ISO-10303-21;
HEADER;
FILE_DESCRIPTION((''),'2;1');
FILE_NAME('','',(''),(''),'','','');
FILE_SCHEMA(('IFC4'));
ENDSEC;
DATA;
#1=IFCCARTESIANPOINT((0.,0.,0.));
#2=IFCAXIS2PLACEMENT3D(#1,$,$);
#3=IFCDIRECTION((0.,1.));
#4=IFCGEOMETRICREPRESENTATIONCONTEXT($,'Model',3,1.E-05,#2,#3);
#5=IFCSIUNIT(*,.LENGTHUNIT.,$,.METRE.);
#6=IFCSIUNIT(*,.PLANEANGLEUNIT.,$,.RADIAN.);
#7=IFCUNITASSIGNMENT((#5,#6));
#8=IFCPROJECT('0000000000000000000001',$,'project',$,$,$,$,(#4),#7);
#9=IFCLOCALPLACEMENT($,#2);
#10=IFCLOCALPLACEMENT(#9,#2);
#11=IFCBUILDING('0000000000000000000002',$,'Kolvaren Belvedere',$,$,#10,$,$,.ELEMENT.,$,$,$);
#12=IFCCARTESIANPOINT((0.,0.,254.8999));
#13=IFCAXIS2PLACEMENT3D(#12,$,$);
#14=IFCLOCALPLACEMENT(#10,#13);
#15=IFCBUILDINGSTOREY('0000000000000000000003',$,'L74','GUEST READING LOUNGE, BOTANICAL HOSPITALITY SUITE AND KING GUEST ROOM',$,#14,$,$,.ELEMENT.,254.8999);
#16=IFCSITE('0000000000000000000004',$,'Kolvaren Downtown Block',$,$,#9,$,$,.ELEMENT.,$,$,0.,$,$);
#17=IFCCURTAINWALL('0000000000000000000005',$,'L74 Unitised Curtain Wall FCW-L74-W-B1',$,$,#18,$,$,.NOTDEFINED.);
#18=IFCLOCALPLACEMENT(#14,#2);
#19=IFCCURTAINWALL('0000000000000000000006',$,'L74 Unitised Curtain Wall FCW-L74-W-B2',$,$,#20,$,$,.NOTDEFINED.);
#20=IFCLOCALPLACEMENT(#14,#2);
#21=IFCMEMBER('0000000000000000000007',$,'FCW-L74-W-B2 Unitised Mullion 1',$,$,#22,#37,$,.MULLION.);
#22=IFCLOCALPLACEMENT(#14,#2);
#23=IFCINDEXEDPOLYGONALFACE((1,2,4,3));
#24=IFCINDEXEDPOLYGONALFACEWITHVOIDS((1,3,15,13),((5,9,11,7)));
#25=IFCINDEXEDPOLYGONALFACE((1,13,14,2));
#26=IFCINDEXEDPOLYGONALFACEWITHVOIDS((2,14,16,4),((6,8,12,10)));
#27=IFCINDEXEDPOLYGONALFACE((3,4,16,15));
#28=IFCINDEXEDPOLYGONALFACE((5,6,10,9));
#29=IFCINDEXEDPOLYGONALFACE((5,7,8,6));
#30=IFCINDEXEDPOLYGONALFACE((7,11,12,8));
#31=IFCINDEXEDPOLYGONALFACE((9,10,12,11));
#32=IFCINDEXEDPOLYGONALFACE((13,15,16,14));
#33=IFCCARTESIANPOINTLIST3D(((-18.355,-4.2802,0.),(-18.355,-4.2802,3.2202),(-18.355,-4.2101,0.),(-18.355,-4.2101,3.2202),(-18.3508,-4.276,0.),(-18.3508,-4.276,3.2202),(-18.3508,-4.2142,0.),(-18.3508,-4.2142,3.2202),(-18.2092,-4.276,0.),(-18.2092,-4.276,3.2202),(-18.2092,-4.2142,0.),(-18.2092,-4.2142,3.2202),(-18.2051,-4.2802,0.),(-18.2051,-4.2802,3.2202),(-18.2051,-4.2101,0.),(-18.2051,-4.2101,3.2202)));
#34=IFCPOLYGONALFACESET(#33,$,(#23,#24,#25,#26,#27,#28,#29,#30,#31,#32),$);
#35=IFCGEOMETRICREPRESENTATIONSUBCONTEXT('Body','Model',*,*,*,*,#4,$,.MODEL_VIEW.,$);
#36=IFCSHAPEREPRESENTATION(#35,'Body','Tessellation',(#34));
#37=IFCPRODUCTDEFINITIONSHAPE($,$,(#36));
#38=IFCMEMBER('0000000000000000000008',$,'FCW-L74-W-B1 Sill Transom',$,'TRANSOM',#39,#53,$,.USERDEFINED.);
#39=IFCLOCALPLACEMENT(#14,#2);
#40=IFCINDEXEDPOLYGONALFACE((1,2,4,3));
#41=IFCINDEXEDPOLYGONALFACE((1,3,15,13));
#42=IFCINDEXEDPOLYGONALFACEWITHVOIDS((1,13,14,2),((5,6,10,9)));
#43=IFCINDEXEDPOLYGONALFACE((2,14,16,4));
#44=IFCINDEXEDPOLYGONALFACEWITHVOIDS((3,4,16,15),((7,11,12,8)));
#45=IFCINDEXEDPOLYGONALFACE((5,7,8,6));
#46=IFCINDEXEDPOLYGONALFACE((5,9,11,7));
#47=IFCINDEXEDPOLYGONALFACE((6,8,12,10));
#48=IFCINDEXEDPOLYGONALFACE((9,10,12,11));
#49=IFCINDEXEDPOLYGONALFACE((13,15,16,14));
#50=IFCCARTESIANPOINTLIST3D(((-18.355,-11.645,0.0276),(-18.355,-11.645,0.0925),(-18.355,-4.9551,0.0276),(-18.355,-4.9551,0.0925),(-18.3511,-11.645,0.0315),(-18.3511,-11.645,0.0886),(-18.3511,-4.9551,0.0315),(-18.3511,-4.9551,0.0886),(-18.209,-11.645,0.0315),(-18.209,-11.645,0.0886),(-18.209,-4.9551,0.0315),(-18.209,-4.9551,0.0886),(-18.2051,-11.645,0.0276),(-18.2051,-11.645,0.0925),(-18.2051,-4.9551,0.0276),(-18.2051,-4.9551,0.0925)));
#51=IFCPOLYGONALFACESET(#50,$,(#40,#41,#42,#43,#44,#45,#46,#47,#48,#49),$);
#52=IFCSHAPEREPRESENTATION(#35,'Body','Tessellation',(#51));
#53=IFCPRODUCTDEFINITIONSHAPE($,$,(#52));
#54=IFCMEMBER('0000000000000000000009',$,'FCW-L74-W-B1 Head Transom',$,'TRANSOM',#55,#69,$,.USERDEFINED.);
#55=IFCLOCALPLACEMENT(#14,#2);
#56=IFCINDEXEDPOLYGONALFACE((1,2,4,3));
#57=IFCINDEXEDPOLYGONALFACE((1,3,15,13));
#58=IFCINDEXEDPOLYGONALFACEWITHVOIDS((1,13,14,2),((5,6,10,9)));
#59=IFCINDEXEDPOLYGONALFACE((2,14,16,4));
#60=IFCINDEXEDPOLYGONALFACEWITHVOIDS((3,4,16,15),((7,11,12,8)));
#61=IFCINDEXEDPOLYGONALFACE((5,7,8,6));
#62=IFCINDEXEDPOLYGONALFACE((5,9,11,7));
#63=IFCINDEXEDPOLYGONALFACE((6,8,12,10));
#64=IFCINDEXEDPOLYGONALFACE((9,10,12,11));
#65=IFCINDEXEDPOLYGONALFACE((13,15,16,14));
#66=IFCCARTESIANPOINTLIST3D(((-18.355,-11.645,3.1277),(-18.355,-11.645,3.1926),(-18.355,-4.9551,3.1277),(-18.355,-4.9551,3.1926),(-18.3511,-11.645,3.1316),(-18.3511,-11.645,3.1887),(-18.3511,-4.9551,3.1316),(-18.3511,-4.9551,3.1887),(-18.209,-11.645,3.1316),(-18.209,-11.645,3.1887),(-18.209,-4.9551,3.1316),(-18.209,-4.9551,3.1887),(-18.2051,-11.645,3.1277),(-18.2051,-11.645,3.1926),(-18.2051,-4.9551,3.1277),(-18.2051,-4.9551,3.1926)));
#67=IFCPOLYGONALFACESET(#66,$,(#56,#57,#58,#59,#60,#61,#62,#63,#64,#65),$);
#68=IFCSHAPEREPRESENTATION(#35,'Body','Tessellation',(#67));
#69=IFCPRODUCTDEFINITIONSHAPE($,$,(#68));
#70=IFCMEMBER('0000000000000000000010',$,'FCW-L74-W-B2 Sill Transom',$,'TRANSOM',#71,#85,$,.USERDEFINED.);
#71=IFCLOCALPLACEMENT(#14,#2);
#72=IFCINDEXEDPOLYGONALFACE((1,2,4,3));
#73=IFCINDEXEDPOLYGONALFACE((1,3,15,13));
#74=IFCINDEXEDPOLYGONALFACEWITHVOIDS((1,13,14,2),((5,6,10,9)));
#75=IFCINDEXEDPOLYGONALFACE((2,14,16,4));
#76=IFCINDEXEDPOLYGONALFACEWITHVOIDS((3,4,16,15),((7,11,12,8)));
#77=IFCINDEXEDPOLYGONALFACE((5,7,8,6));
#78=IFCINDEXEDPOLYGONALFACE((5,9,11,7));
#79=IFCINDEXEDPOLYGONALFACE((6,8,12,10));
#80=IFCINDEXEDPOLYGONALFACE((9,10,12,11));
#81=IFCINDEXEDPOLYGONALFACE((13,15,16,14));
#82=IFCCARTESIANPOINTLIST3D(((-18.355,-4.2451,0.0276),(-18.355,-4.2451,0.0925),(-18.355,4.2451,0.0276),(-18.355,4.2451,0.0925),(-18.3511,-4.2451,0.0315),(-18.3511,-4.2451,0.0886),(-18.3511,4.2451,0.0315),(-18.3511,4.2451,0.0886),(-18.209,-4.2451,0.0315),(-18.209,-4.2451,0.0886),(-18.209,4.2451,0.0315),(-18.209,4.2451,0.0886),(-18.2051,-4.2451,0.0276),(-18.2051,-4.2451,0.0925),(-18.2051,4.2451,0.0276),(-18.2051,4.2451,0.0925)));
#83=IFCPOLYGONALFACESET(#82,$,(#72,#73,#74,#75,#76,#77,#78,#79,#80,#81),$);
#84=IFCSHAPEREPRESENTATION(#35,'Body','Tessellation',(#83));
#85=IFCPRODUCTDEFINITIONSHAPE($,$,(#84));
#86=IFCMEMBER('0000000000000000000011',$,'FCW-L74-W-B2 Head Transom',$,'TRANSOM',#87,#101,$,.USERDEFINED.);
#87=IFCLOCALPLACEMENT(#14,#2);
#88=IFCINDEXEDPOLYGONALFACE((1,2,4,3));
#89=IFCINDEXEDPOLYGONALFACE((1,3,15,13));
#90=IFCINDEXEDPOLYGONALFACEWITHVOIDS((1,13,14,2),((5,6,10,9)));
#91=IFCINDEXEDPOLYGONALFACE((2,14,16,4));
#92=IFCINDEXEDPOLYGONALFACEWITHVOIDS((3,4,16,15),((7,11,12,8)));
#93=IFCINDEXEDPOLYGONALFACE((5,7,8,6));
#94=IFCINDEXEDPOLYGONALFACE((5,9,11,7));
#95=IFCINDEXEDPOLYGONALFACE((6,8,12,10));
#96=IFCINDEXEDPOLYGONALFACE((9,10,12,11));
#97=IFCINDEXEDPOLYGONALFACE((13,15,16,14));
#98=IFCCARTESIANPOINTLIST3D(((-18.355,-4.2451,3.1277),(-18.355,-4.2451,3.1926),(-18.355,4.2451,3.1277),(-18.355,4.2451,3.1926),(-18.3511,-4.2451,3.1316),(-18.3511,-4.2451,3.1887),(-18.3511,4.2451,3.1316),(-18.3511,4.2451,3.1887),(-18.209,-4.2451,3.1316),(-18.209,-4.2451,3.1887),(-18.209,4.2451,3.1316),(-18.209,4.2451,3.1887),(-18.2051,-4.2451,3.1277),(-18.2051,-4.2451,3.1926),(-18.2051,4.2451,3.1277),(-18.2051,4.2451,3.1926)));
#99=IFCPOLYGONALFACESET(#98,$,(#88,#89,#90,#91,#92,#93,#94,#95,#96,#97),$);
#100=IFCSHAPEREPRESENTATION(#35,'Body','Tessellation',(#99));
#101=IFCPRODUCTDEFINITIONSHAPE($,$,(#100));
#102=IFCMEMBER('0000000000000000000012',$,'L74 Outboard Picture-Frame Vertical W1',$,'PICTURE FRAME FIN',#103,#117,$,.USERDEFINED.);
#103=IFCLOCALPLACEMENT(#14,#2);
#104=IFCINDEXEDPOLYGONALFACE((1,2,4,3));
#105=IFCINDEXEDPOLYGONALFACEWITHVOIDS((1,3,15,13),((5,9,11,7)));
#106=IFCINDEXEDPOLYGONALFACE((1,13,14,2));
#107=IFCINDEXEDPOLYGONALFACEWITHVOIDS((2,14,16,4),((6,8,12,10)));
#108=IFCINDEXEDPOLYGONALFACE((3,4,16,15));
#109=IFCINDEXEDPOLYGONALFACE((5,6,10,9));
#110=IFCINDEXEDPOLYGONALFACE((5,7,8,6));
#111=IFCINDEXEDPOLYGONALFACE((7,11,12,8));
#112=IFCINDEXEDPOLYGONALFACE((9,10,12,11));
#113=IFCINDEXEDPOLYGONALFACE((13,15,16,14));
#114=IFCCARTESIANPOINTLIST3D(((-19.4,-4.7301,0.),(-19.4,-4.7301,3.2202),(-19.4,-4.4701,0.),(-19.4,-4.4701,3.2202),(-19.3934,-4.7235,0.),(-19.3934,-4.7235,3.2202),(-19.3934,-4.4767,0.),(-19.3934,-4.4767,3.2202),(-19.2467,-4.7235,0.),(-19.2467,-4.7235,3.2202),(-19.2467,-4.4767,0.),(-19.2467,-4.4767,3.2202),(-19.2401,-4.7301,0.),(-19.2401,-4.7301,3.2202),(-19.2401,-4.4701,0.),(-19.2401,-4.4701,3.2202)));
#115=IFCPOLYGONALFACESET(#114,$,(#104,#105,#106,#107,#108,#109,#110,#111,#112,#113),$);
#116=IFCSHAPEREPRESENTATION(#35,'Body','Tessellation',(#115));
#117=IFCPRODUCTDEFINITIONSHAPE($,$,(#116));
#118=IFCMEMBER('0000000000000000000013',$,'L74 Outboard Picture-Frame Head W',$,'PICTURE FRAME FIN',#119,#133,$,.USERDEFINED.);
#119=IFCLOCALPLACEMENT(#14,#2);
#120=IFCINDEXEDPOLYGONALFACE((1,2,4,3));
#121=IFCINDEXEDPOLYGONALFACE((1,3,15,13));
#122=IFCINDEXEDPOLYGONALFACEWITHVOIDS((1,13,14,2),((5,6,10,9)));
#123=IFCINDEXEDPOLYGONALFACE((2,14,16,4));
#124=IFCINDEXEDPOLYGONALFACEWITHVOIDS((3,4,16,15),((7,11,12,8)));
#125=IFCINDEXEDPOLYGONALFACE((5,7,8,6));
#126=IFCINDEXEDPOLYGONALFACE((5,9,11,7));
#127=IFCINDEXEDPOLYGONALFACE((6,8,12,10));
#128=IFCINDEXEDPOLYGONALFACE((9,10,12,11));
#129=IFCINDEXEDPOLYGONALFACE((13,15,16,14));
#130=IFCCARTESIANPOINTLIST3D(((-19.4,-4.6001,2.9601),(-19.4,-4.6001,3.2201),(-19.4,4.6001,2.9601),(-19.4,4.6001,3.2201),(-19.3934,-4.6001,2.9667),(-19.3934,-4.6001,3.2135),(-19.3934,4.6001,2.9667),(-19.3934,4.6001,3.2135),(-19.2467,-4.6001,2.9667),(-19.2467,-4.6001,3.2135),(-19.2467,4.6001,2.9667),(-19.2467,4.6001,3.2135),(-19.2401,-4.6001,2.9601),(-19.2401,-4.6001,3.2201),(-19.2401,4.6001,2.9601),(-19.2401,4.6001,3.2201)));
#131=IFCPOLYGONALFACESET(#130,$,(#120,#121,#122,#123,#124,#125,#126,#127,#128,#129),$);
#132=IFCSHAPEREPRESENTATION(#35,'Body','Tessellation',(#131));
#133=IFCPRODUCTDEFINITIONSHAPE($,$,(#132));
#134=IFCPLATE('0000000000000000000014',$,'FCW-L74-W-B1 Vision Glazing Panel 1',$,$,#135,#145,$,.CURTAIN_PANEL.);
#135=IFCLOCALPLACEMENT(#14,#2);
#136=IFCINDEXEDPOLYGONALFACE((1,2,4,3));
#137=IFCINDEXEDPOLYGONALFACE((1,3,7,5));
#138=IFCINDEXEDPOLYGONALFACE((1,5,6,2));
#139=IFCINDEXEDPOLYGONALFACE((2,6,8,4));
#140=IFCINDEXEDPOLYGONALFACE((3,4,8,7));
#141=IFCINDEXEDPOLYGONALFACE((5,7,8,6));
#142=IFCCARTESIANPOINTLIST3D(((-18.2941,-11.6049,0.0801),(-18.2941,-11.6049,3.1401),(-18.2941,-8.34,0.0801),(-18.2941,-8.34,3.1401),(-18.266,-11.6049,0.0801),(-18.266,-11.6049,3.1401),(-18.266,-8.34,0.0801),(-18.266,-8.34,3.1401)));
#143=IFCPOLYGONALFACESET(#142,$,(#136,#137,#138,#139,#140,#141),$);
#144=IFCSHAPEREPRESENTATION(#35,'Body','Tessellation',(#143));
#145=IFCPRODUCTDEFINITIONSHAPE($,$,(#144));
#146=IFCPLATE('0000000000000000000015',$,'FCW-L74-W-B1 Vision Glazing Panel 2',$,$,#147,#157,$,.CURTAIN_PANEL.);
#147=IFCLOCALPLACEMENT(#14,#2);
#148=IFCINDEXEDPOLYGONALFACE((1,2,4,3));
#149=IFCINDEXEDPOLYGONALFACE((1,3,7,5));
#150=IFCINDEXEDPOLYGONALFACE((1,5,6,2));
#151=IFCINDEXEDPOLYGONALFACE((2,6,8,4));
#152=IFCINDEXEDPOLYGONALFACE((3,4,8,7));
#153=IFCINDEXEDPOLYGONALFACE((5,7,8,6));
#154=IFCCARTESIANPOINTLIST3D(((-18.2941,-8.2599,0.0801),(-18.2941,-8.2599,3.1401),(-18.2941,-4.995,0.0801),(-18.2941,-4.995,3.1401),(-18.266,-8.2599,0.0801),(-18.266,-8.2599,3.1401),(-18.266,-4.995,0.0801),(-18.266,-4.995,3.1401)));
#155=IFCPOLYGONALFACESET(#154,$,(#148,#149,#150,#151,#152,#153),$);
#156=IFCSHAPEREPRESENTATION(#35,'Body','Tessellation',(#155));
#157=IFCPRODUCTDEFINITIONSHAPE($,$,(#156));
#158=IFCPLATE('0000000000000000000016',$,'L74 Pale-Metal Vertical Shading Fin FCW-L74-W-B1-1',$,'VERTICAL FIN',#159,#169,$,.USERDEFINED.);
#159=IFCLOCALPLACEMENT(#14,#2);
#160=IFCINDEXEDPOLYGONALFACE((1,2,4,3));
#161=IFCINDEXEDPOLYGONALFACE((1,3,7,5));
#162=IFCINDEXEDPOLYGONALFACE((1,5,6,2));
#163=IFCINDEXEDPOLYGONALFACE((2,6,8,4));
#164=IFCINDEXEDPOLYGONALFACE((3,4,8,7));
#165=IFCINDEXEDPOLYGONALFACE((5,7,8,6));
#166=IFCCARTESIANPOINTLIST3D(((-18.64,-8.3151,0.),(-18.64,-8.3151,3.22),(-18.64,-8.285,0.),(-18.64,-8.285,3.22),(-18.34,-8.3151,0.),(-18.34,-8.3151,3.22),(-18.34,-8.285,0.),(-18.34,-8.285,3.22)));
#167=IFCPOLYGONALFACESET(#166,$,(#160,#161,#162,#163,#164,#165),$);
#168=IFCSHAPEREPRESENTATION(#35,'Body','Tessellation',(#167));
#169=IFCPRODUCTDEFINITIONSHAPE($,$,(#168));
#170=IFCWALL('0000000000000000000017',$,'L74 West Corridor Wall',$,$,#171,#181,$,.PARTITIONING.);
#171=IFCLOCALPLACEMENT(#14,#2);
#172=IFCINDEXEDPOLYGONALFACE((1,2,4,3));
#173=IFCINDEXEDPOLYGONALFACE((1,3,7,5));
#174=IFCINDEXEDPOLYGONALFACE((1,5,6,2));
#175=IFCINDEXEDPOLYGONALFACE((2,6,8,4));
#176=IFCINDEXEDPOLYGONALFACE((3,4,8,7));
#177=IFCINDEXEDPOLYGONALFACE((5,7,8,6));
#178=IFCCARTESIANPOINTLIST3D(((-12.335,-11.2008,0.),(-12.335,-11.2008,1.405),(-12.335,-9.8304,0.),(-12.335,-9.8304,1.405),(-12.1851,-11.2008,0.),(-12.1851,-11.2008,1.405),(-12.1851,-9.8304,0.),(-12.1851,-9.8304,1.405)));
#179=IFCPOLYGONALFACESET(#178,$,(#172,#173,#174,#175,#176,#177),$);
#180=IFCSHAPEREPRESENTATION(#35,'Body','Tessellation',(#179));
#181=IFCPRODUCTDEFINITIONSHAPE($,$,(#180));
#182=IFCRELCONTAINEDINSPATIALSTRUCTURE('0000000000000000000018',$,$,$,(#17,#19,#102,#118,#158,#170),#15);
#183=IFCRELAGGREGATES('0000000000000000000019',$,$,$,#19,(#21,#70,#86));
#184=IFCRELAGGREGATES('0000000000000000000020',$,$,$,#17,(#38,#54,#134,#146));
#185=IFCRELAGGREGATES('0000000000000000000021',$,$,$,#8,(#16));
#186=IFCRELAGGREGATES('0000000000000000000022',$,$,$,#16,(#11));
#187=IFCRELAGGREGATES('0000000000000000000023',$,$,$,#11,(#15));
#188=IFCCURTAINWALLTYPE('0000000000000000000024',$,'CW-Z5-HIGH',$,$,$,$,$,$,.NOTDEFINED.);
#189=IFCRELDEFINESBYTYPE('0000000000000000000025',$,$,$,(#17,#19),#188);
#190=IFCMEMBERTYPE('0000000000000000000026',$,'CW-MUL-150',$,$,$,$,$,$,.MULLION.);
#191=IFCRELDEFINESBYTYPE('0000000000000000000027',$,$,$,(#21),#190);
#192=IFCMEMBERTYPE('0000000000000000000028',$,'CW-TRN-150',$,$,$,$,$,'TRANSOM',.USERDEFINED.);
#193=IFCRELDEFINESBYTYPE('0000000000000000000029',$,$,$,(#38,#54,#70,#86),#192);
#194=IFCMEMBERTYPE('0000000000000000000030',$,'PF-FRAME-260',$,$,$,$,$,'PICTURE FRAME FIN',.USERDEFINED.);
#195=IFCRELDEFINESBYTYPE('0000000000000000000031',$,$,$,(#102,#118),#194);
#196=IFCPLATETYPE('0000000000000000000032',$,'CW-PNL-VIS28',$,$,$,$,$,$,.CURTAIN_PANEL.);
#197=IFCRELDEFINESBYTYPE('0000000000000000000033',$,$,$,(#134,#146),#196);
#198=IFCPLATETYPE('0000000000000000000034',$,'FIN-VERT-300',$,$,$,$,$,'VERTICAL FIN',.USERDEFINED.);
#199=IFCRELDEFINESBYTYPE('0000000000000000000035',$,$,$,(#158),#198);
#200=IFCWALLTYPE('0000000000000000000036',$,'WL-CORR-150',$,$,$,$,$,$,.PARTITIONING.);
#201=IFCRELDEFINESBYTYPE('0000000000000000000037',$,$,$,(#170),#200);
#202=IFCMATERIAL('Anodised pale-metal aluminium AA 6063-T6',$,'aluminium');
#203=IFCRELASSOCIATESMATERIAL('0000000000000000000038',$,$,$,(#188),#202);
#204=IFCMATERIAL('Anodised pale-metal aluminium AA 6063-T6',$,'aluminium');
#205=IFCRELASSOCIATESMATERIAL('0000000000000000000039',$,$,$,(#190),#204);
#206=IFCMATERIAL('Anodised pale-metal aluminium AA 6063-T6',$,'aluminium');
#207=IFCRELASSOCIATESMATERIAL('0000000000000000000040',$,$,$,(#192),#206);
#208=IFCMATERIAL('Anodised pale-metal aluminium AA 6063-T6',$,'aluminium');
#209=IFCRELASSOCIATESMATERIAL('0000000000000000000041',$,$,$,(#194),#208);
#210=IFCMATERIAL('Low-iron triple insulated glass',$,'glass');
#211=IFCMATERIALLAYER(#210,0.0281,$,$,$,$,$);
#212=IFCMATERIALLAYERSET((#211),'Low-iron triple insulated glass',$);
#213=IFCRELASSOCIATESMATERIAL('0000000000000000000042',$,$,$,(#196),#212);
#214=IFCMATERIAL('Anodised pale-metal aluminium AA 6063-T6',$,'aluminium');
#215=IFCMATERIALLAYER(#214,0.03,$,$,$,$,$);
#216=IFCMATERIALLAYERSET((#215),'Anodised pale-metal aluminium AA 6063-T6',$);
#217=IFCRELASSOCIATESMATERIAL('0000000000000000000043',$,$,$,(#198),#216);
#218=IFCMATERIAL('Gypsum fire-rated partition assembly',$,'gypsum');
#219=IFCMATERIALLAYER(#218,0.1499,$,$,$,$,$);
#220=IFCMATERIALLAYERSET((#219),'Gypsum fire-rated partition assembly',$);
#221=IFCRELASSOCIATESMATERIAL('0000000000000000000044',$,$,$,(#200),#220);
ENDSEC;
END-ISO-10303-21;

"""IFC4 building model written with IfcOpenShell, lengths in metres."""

from ifc_helpers import new_model, si_unit, direction, frame, frame_2d, origin, origin_2d, place, context, subcontext, project, spatial, rectangle, hollow_rectangle, extrude, material, layer, layer_set, material_profile, profile_set, type_object, element, aggregate, save


model = new_model("IFC4")

# Units and contexts
model_context = context("Model", 3, precision=1e-05, world=origin(), true_north=direction((0.0, 1.0)))
body_context = subcontext(model_context, "Body", "Model", "MODEL_VIEW")
ifc_project = project(units=[si_unit("LENGTHUNIT", "METRE"), si_unit("PLANEANGLEUNIT", "RADIAN")], contexts=[model_context])

# Site, building, storey
site_placement = place(None, origin())
site = spatial("IfcSite", under=ifc_project, at=site_placement, Name="Kolvaren Downtown Block", CompositionType="ELEMENT", RefElevation=0.0)
building_placement = place(site_placement, origin())
building = spatial("IfcBuilding", under=site, at=building_placement, Name="Kolvaren Belvedere", CompositionType="ELEMENT")
storey_placement = place(building_placement, frame((0.0, 0.0, 254.8999)))
storey = spatial("IfcBuildingStorey", under=building, at=storey_placement, Name="L74", Description="GUEST READING LOUNGE, BOTANICAL HOSPITALITY SUITE AND KING GUEST ROOM", CompositionType="ELEMENT", Elevation=254.8999)

# Curtain wall
ifc_material_1 = material(Name="Anodised pale-metal aluminium AA 6063-T6", Category="aluminium")
curtain_wall_type = type_object("IfcCurtainWallType", Name="CW-Z5-HIGH", PredefinedType="NOTDEFINED", material=ifc_material_1)
curtain_wall_1_placement = place(storey_placement, origin())
curtain_wall_1 = element("IfcCurtainWall", 1, at=curtain_wall_1_placement, inside=storey, type_object=curtain_wall_type, Name="L74 Unitised Curtain Wall FCW-L74-W-B1", PredefinedType="NOTDEFINED")
ifc_material_2 = material(Name="Anodised pale-metal aluminium AA 6063-T6", Category="aluminium")
ifc_material_profile_1 = material_profile(ifc_material_2, hollow_rectangle(XDim=0.0701, YDim=0.1499, WallThickness=0.0042, at=origin_2d()), Name="ALU-MUL-150X70")
ifc_profile_set_1 = profile_set([ifc_material_profile_1], Name="Anodised pale-metal aluminium AA 6063-T6")
member_type_1 = type_object("IfcMemberType", Name="CW-MUL-150", PredefinedType="MULLION", material=ifc_profile_set_1)

# Curtain wall, member
curtain_wall_2_placement = place(storey_placement, origin())
curtain_wall_2 = element("IfcCurtainWall", 2, at=curtain_wall_2_placement, inside=storey, type_object=curtain_wall_type, Name="L74 Unitised Curtain Wall FCW-L74-W-B2", PredefinedType="NOTDEFINED")
member_1_placement = place(storey_placement, frame((-18.28, -4.2451, 0.0), z_axis=(0.0, 0.0, 1.0), x_axis=(0.0, 1.0, 0.0)))
member_1 = element("IfcMember", 3, at=member_1_placement, type_object=member_type_1, Name="FCW-L74-W-B2 Unitised Mullion 1", PredefinedType="MULLION", context=body_context, shape_type="SweptSolid", body=[
    extrude(hollow_rectangle(XDim=0.0701, YDim=0.1499, WallThickness=0.0042, at=origin_2d()), origin(), (0.0, 0.0, 1.0), 3.2202),
])

# Members
ifc_material_3 = material(Name="Anodised pale-metal aluminium AA 6063-T6", Category="aluminium")
ifc_material_profile_2 = material_profile(ifc_material_3, hollow_rectangle(XDim=0.0649, YDim=0.1499, WallThickness=0.0039, at=origin_2d()), Name="ALU-TRN-150X65")
ifc_profile_set_2 = profile_set([ifc_material_profile_2], Name="Anodised pale-metal aluminium AA 6063-T6")
member_type_2 = type_object("IfcMemberType", Name="CW-TRN-150", ElementType="TRANSOM", PredefinedType="USERDEFINED", material=ifc_profile_set_2)
member_2_placement = place(storey_placement, frame((-18.28, -11.645, 0.0601), z_axis=(0.0, 1.0, 0.0), x_axis=(0.0, 0.0, 1.0)))
member_2 = element("IfcMember", 4, at=member_2_placement, type_object=member_type_2, Name="FCW-L74-W-B1 Sill Transom", ObjectType="TRANSOM", PredefinedType="USERDEFINED", context=body_context, shape_type="SweptSolid", body=[
    extrude(hollow_rectangle(XDim=0.0649, YDim=0.1499, WallThickness=0.0039, at=origin_2d()), origin(), (0.0, 0.0, 1.0), 6.6899),
])
member_3_placement = place(storey_placement, frame((-18.28, -11.645, 3.1602), z_axis=(0.0, 1.0, 0.0), x_axis=(0.0, 0.0, 1.0)))
member_3 = element("IfcMember", 5, at=member_3_placement, type_object=member_type_2, Name="FCW-L74-W-B1 Head Transom", ObjectType="TRANSOM", PredefinedType="USERDEFINED", context=body_context, shape_type="SweptSolid", body=[
    extrude(hollow_rectangle(XDim=0.0649, YDim=0.1499, WallThickness=0.0039, at=origin_2d()), origin(), (0.0, 0.0, 1.0), 6.6899),
])
member_4_placement = place(storey_placement, frame((-18.28, -4.2451, 0.0601), z_axis=(0.0, 1.0, 0.0), x_axis=(0.0, 0.0, 1.0)))
member_4 = element("IfcMember", 6, at=member_4_placement, type_object=member_type_2, Name="FCW-L74-W-B2 Sill Transom", ObjectType="TRANSOM", PredefinedType="USERDEFINED", context=body_context, shape_type="SweptSolid", body=[
    extrude(hollow_rectangle(XDim=0.0649, YDim=0.1499, WallThickness=0.0039, at=origin_2d()), origin(), (0.0, 0.0, 1.0), 8.4902),
])
member_5_placement = place(storey_placement, frame((-18.28, -4.2451, 3.1602), z_axis=(0.0, 1.0, 0.0), x_axis=(0.0, 0.0, 1.0)))
member_5 = element("IfcMember", 7, at=member_5_placement, type_object=member_type_2, Name="FCW-L74-W-B2 Head Transom", ObjectType="TRANSOM", PredefinedType="USERDEFINED", context=body_context, shape_type="SweptSolid", body=[
    extrude(hollow_rectangle(XDim=0.0649, YDim=0.1499, WallThickness=0.0039, at=origin_2d()), origin(), (0.0, 0.0, 1.0), 8.4902),
])
aggregate(curtain_wall_2, [member_1, member_4, member_5])

# Members
ifc_material_4 = material(Name="Anodised pale-metal aluminium AA 6063-T6", Category="aluminium")
ifc_material_profile_3 = material_profile(ifc_material_4, hollow_rectangle(XDim=0.1599, YDim=0.26, WallThickness=0.0066, at=origin_2d()), Name="ALU-PF-260X160")
ifc_profile_set_3 = profile_set([ifc_material_profile_3], Name="Anodised pale-metal aluminium AA 6063-T6")
member_type_3 = type_object("IfcMemberType", Name="PF-FRAME-260", ElementType="PICTURE FRAME FIN", PredefinedType="USERDEFINED", material=ifc_profile_set_3)
member_6_placement = place(storey_placement, frame((-19.3201, -4.6001, 0.0), z_axis=(0.0, 0.0, 1.0), x_axis=(1.0, 0.0, 0.0)))
element("IfcMember", 8, at=member_6_placement, inside=storey, type_object=member_type_3, Name="L74 Outboard Picture-Frame Vertical W1", ObjectType="PICTURE FRAME FIN", PredefinedType="USERDEFINED", context=body_context, shape_type="SweptSolid", body=[
    extrude(hollow_rectangle(XDim=0.1599, YDim=0.26, WallThickness=0.0066, at=origin_2d()), origin(), (0.0, 0.0, 1.0), 3.2202),
])
member_7_placement = place(storey_placement, frame((-19.3201, -4.6001, 3.0901), z_axis=(0.0, 1.0, 0.0), x_axis=(-1.0, 0.0, 0.0)))
element("IfcMember", 9, at=member_7_placement, inside=storey, type_object=member_type_3, Name="L74 Outboard Picture-Frame Head W", ObjectType="PICTURE FRAME FIN", PredefinedType="USERDEFINED", context=body_context, shape_type="SweptSolid", body=[
    extrude(hollow_rectangle(XDim=0.1599, YDim=0.26, WallThickness=0.0066, at=origin_2d()), origin(), (0.0, 0.0, 1.0), 9.2002),
])

# Plates
ifc_material_5 = material(Name="Low-iron triple insulated glass", Category="glass")
ifc_layer_1 = layer(ifc_material_5, 0.0281)
ifc_layer_set_1 = layer_set([ifc_layer_1], Name="Low-iron triple insulated glass")
plate_type_1 = type_object("IfcPlateType", Name="CW-PNL-VIS28", PredefinedType="CURTAIN_PANEL", material=ifc_layer_set_1)
plate_1_placement = place(storey_placement, frame((-18.28, -9.9724, 0.0801), z_axis=(0.0, 0.0, 1.0), x_axis=(0.0, 1.0, 0.0)))
plate_1 = element("IfcPlate", 10, at=plate_1_placement, type_object=plate_type_1, Name="FCW-L74-W-B1 Vision Glazing Panel 1", PredefinedType="CURTAIN_PANEL", context=body_context, shape_type="SweptSolid", body=[
    extrude(rectangle(XDim=3.2649, YDim=0.0281, at=origin_2d()), origin(), (0.0, 0.0, 1.0), 3.0601),
])
plate_2_placement = place(storey_placement, frame((-18.28, -6.6274, 0.0801), z_axis=(0.0, 0.0, 1.0), x_axis=(0.0, 1.0, 0.0)))
plate_2 = element("IfcPlate", 11, at=plate_2_placement, type_object=plate_type_1, Name="FCW-L74-W-B1 Vision Glazing Panel 2", PredefinedType="CURTAIN_PANEL", context=body_context, shape_type="SweptSolid", body=[
    extrude(rectangle(XDim=3.2649, YDim=0.0281, at=origin_2d()), origin(), (0.0, 0.0, 1.0), 3.0601),
])
aggregate(curtain_wall_1, [member_2, member_3, plate_1, plate_2])
ifc_material_6 = material(Name="Anodised pale-metal aluminium AA 6063-T6", Category="aluminium")
ifc_layer_2 = layer(ifc_material_6, 0.03)
ifc_layer_set_2 = layer_set([ifc_layer_2], Name="Anodised pale-metal aluminium AA 6063-T6")
plate_type_2 = type_object("IfcPlateType", Name="FIN-VERT-300", ElementType="VERTICAL FIN", PredefinedType="USERDEFINED", material=ifc_layer_set_2)
plate_3_placement = place(storey_placement, frame((-18.49, -8.3, 0.0), z_axis=(0.0, 0.0, 1.0), x_axis=(1.0, 0.0, 0.0)))
element("IfcPlate", 12, at=plate_3_placement, inside=storey, type_object=plate_type_2, Name="L74 Pale-Metal Vertical Shading Fin FCW-L74-W-B1-1", ObjectType="VERTICAL FIN", PredefinedType="USERDEFINED", context=body_context, shape_type="SweptSolid", body=[
    extrude(rectangle(XDim=0.3, YDim=0.03, at=origin_2d()), origin(), (0.0, 0.0, 1.0), 3.22),
])

# Wall
ifc_material_7 = material(Name="Gypsum fire-rated partition assembly", Category="gypsum")
ifc_layer_3 = layer(ifc_material_7, 0.1499)
ifc_layer_set_3 = layer_set([ifc_layer_3], Name="Gypsum fire-rated partition assembly")
wall_type_1 = type_object("IfcWallType", Name="WL-CORR-150", PredefinedType="PARTITIONING", material=ifc_layer_set_3)
wall_1_placement = place(storey_placement, frame((-12.26, -11.2007, 0.0), z_axis=(0.0, 0.0, 1.0), x_axis=(0.0, 1.0, 0.0)))
element("IfcWall", 13, at=wall_1_placement, inside=storey, type_object=wall_type_1, Name="L74 West Corridor Wall", PredefinedType="PARTITIONING", context=body_context, shape_type="SweptSolid", body=[
    extrude(rectangle(XDim=1.3704, YDim=0.1499, at=frame_2d((0.6851, 0.0))), origin(), (0.0, 0.0, 1.0), 1.405),
])

save(model, "model.ifc")
